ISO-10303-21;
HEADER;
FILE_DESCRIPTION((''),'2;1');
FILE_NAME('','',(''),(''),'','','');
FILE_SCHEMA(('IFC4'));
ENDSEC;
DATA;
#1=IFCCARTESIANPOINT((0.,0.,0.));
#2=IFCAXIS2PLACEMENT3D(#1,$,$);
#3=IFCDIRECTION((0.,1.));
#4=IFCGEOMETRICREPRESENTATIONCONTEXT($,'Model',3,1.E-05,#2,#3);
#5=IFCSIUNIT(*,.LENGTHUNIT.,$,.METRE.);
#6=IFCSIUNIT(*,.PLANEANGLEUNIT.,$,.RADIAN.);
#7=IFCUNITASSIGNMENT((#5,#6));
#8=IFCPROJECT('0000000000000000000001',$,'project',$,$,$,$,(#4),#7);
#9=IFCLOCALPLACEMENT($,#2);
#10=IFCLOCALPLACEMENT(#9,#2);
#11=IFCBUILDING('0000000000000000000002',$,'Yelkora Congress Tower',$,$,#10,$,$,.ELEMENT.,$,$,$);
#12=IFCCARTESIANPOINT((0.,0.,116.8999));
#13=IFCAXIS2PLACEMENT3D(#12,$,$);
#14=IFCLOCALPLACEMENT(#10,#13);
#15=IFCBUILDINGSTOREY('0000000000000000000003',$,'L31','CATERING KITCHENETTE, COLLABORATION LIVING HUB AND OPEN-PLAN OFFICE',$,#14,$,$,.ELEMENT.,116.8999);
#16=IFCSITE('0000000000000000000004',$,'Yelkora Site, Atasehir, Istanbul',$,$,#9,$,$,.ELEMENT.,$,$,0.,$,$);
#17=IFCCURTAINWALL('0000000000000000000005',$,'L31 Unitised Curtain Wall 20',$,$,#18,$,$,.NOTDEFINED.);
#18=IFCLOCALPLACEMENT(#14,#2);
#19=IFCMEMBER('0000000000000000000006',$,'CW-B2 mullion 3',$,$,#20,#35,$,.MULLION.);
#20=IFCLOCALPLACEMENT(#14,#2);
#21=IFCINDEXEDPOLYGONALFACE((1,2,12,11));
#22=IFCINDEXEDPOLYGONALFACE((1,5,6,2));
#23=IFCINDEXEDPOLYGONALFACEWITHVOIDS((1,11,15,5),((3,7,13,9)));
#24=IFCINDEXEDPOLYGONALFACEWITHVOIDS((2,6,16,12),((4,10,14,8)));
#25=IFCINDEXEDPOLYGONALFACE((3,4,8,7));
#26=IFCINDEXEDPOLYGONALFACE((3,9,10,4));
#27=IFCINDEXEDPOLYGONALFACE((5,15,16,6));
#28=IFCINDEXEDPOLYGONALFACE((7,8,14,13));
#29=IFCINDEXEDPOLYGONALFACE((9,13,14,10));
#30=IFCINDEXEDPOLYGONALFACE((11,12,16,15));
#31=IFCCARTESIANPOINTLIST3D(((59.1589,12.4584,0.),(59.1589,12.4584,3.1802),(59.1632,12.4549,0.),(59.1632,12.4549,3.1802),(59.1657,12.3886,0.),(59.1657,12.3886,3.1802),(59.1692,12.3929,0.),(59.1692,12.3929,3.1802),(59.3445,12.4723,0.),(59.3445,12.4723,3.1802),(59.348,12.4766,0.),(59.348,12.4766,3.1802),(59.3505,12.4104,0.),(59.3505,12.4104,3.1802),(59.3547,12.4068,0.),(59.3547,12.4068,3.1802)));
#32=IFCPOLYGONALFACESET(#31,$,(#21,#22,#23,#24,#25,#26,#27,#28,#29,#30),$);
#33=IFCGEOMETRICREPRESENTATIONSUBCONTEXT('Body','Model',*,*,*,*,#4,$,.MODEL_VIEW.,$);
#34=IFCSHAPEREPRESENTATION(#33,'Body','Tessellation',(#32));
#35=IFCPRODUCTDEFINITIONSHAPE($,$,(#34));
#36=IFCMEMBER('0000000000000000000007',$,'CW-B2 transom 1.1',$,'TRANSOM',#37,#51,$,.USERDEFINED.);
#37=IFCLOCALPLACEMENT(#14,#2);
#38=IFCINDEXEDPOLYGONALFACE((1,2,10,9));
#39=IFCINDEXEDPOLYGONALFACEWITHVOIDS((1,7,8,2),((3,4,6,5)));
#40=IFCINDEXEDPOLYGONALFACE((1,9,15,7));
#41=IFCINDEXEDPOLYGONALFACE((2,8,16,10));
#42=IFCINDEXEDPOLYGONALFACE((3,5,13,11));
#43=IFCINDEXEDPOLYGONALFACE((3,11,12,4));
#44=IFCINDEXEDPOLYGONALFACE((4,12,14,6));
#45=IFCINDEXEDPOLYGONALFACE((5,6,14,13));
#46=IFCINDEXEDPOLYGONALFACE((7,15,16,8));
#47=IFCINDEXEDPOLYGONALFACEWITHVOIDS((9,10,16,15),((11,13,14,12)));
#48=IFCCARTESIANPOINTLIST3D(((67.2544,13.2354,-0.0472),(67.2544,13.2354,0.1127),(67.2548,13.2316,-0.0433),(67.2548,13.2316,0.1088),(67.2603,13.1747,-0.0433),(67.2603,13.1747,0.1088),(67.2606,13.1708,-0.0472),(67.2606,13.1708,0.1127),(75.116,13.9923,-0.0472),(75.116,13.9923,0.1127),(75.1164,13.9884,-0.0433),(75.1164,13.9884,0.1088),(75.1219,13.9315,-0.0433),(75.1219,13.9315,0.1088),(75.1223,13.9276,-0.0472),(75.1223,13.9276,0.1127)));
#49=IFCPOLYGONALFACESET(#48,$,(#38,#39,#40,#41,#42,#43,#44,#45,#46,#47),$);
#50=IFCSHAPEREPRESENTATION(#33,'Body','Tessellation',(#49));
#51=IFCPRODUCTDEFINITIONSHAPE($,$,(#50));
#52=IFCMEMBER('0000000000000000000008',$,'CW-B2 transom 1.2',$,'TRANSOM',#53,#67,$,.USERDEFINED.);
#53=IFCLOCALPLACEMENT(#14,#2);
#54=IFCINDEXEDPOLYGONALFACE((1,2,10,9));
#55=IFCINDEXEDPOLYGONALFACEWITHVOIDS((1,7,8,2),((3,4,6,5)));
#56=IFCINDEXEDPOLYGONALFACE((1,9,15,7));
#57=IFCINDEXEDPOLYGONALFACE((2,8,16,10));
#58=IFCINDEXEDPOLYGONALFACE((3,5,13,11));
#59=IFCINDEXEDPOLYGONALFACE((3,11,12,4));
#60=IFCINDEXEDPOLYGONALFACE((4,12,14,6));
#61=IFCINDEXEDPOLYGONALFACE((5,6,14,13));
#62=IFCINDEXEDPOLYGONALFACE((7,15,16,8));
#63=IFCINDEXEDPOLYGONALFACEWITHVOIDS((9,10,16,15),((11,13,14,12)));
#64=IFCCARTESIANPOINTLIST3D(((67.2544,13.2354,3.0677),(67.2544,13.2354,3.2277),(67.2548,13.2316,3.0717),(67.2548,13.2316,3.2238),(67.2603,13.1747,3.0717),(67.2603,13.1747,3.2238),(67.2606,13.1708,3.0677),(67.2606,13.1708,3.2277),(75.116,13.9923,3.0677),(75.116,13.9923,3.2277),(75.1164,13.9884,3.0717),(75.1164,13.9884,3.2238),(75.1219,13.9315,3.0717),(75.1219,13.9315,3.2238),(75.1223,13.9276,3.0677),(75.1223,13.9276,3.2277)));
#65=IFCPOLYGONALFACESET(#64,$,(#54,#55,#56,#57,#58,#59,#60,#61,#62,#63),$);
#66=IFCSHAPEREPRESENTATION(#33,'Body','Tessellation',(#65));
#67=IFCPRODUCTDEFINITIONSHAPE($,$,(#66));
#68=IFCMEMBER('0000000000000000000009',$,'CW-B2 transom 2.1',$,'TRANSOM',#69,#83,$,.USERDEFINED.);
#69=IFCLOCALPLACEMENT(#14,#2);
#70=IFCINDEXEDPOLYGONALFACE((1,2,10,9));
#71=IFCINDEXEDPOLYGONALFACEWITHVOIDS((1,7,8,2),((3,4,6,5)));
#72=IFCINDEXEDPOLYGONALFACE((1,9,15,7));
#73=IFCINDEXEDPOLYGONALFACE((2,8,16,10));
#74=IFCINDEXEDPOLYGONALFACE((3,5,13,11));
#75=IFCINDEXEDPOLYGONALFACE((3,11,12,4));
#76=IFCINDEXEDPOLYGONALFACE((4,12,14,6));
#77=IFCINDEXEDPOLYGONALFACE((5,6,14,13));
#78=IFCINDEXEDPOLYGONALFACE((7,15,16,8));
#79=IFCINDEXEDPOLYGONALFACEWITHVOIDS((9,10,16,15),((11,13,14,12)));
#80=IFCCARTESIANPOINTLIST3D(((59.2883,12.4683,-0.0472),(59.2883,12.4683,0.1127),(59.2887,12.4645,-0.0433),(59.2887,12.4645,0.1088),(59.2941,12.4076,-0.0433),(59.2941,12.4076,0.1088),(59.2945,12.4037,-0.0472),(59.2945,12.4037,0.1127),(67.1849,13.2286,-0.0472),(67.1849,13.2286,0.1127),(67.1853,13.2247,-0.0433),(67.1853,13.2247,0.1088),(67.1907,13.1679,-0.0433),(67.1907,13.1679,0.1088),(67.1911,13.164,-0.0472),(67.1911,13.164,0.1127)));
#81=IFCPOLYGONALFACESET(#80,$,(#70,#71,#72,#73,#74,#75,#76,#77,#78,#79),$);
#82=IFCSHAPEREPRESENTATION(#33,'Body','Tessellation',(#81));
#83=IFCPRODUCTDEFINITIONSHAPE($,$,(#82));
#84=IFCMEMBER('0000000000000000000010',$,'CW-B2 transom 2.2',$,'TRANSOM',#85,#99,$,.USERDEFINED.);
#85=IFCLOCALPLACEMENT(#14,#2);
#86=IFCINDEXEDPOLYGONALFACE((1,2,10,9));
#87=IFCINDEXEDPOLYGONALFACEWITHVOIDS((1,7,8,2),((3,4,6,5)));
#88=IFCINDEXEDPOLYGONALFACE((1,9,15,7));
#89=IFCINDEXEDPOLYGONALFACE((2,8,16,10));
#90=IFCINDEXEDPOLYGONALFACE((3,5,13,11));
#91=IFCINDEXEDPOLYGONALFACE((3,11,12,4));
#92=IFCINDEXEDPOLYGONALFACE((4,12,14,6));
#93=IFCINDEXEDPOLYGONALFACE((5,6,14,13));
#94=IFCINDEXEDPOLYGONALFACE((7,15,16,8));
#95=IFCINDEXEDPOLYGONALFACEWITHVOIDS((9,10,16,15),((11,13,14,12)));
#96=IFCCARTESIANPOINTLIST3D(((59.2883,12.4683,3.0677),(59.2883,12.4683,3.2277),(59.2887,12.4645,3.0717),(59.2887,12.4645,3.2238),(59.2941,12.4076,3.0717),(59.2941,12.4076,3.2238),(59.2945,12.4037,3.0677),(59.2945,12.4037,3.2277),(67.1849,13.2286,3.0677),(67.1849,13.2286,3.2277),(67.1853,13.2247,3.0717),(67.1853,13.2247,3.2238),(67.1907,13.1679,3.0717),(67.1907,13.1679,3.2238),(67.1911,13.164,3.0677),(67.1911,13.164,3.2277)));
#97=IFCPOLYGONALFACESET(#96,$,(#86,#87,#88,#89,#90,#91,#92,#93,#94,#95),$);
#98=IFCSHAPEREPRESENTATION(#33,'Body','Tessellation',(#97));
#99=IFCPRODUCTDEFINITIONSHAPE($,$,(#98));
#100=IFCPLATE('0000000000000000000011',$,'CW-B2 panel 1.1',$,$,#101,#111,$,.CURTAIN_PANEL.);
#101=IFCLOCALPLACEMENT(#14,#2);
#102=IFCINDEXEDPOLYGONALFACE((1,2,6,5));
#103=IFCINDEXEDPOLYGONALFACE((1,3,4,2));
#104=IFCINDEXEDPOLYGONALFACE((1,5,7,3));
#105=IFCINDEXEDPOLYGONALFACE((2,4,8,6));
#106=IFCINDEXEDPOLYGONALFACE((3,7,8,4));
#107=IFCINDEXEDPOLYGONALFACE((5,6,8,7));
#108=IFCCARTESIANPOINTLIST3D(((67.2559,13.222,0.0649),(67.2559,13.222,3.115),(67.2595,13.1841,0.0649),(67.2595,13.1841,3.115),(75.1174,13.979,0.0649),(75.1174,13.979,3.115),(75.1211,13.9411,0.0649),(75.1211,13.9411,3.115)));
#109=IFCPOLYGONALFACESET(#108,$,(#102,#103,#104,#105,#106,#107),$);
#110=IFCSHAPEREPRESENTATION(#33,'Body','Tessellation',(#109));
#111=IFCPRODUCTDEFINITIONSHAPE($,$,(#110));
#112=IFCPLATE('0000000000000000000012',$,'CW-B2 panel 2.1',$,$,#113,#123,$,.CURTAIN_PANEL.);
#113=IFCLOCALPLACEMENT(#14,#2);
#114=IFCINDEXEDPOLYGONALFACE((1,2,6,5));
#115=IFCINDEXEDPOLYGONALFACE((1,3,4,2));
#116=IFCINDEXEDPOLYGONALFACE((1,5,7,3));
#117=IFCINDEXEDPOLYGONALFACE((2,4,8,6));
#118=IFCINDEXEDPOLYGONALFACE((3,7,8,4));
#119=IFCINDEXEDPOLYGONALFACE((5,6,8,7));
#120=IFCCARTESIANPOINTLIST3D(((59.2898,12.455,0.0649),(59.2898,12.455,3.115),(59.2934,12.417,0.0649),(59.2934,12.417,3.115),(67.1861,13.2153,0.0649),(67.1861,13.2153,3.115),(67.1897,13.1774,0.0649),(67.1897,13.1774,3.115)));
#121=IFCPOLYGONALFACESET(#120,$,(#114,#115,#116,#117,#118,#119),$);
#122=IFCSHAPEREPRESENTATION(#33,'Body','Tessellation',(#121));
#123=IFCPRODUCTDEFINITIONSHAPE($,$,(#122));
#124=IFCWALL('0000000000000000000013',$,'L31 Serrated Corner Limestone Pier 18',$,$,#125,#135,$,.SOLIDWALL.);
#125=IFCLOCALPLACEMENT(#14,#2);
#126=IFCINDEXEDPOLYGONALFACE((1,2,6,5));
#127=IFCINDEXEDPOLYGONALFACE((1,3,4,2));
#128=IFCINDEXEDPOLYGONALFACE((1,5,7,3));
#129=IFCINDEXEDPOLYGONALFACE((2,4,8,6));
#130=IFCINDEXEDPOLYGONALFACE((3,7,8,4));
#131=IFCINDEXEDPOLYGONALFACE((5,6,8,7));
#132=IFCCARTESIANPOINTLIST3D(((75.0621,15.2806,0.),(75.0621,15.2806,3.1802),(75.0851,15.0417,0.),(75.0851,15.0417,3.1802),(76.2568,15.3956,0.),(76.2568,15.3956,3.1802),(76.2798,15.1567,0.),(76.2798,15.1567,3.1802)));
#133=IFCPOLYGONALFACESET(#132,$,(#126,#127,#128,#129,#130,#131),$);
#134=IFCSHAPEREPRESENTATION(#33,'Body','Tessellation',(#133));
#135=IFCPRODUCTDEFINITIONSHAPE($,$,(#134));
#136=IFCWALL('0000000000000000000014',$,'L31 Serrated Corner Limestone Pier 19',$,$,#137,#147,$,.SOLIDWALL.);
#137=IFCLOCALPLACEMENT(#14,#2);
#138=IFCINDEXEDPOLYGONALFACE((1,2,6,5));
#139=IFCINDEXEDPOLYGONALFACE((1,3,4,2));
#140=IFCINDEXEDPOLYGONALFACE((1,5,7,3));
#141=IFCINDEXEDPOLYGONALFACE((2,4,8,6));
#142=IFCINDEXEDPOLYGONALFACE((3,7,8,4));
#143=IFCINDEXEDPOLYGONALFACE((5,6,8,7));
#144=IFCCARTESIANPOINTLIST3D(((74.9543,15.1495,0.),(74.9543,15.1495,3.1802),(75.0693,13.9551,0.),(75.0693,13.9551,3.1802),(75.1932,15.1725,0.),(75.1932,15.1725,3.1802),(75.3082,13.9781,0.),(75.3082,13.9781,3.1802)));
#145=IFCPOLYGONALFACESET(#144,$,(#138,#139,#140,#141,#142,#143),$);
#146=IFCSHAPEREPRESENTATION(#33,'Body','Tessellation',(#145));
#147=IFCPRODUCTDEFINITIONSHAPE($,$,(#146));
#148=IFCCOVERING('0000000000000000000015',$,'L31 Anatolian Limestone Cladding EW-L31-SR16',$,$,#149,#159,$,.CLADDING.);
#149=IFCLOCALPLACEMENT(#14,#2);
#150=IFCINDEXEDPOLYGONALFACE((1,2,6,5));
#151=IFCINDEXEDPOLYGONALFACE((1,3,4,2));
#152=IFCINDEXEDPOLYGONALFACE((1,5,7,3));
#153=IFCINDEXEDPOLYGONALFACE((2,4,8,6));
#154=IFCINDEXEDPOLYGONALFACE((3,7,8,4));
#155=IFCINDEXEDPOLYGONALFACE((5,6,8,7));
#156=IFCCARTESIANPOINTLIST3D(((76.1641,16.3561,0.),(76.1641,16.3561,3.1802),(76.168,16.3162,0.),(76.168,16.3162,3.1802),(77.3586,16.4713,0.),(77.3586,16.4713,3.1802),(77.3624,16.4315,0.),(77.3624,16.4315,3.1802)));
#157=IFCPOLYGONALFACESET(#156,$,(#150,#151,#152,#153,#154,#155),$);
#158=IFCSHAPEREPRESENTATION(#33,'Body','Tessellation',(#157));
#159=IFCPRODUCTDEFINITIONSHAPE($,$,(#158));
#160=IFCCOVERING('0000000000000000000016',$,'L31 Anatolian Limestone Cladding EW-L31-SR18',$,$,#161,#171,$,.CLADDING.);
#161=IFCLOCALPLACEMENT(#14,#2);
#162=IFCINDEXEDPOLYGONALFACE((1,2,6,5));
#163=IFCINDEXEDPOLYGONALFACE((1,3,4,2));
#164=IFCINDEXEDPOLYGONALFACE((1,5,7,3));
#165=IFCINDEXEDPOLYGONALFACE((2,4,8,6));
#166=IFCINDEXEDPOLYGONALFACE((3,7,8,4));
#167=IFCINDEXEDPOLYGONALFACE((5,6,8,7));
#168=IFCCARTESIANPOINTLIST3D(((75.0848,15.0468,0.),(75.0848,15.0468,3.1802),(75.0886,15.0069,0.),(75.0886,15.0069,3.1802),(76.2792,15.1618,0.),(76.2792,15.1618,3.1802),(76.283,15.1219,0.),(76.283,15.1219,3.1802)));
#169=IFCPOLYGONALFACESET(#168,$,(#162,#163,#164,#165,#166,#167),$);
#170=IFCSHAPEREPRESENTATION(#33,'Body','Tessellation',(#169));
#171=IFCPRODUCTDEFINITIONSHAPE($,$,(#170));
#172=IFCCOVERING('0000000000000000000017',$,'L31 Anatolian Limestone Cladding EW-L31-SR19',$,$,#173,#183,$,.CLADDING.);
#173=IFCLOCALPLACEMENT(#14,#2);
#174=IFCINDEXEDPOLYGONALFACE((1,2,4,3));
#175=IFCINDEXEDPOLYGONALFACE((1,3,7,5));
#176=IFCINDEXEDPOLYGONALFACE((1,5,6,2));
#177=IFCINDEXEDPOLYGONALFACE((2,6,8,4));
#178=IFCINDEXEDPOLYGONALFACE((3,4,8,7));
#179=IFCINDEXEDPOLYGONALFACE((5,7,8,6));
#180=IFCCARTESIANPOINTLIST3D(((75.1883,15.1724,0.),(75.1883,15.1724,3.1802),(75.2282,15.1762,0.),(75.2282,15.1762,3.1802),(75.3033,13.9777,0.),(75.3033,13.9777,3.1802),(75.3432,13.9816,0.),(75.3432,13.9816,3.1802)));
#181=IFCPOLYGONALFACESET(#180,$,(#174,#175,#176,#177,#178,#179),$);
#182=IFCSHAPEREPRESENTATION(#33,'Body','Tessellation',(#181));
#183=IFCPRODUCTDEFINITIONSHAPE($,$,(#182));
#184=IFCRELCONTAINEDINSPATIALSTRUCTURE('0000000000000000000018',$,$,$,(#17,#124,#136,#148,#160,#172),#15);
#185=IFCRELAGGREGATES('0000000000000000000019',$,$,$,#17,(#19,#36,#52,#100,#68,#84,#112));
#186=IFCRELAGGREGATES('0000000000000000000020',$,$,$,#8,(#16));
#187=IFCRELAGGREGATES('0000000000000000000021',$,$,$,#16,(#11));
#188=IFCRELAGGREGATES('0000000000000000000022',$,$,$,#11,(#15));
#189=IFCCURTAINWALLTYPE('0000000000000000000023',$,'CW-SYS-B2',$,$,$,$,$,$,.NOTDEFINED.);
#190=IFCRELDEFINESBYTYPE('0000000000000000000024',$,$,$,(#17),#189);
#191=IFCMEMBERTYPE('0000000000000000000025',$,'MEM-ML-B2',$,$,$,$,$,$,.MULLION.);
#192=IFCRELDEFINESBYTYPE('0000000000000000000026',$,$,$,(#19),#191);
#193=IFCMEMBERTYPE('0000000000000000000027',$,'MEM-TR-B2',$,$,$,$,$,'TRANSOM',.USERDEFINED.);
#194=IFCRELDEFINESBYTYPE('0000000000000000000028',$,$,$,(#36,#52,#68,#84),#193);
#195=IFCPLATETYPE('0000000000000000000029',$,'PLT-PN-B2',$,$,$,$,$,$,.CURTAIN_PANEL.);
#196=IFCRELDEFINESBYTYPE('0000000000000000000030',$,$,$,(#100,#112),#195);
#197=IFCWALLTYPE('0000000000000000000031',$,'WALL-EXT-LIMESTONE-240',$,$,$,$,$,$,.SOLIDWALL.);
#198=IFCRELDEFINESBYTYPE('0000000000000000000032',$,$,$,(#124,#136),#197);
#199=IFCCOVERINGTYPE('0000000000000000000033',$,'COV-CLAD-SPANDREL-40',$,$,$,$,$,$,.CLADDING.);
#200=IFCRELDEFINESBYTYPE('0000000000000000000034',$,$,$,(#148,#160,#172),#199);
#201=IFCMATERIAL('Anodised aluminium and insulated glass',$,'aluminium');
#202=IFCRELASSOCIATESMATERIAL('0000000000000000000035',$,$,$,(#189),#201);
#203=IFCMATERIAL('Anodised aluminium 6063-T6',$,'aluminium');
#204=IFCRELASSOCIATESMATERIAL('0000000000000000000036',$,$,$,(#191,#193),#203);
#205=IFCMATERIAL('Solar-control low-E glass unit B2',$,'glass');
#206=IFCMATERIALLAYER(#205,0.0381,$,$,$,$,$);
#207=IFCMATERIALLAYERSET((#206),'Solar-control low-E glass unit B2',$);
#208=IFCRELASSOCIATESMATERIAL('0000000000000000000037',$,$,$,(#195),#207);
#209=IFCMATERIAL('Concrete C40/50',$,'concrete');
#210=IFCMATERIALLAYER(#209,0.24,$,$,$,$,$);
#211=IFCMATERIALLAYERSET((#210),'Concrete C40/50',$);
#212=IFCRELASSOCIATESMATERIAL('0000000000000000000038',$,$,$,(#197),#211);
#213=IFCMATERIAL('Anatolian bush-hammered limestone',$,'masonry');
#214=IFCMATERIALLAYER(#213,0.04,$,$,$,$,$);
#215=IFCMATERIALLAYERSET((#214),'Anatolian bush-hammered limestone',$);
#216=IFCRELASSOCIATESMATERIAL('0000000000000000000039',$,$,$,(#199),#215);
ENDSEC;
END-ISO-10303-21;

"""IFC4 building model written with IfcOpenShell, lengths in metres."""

from ifc_helpers import new_model, si_unit, direction, frame, frame_2d, origin, origin_2d, place, context, subcontext, project, spatial, rectangle, hollow_rectangle, extrude, material, layer, layer_set, material_profile, profile_set, type_object, element, aggregate, save


model = new_model("IFC4")

# Units and contexts
model_context = context("Model", 3, precision=1e-05, world=origin(), true_north=direction((0.0, 1.0)))
body_context = subcontext(model_context, "Body", "Model", "MODEL_VIEW")
ifc_project = project(units=[si_unit("LENGTHUNIT", "METRE"), si_unit("PLANEANGLEUNIT", "RADIAN")], contexts=[model_context])

# Site, building, storey
site_placement = place(None, origin())
site = spatial("IfcSite", under=ifc_project, at=site_placement, Name="Yelkora Site, Atasehir, Istanbul", CompositionType="ELEMENT", RefElevation=0.0)
building_placement = place(site_placement, origin())
building = spatial("IfcBuilding", under=site, at=building_placement, Name="Yelkora Congress Tower", CompositionType="ELEMENT")
storey_placement = place(building_placement, frame((0.0, 0.0, 116.8999)))
storey = spatial("IfcBuildingStorey", under=building, at=storey_placement, Name="L31", Description="CATERING KITCHENETTE, COLLABORATION LIVING HUB AND OPEN-PLAN OFFICE", CompositionType="ELEMENT", Elevation=116.8999)

# Curtain wall, members, plates
ifc_material_1 = material(Name="Anodised aluminium and insulated glass", Category="aluminium")
curtain_wall_type = type_object("IfcCurtainWallType", Name="CW-SYS-B2", PredefinedType="NOTDEFINED", material=ifc_material_1)
curtain_wall_placement = place(storey_placement, origin())
curtain_wall = element("IfcCurtainWall", 1, at=curtain_wall_placement, inside=storey, type_object=curtain_wall_type, Name="L31 Unitised Curtain Wall 20", PredefinedType="NOTDEFINED")
ifc_material_2 = material(Name="Anodised aluminium 6063-T6", Category="aluminium")
ifc_material_profile_1 = material_profile(ifc_material_2, hollow_rectangle(XDim=0.0701, YDim=0.1899, WallThickness=0.0039, at=origin_2d()), Name="ALU 70x190x4")
ifc_profile_set_1 = profile_set([ifc_material_profile_1], Name="Anodised aluminium 6063-T6")
member_type_1 = type_object("IfcMemberType", Name="MEM-ML-B2", PredefinedType="MULLION", material=ifc_profile_set_1)
member_1_placement = place(storey_placement, frame((59.2568, 12.4326, 0.0), z_axis=(0.0, 0.0, 1.0), x_axis=(0.095844, -0.995396, 0.0)))
member_1 = element("IfcMember", 2, at=member_1_placement, type_object=member_type_1, Name="CW-B2 mullion 3", PredefinedType="MULLION", context=body_context, shape_type="SweptSolid", body=[
    extrude(hollow_rectangle(XDim=0.0701, YDim=0.1899, WallThickness=0.0039, at=origin_2d()), origin(), (0.0, 0.0, 1.0), 3.1802),
])
ifc_material_profile_2 = material_profile(ifc_material_2, hollow_rectangle(XDim=0.0649, YDim=0.1599, WallThickness=0.0039, at=origin_2d()), Name="ALU 65x160x4")
ifc_profile_set_2 = profile_set([ifc_material_profile_2], Name="Anodised aluminium 6063-T6")
member_type_2 = type_object("IfcMemberType", Name="MEM-TR-B2", ElementType="TRANSOM", PredefinedType="USERDEFINED", material=ifc_profile_set_2)
member_2_placement = place(storey_placement, frame((75.1191, 13.96, 0.0327), z_axis=(-0.995398, -0.095827, 0.0), x_axis=(0.095827, -0.995398, 0.0)))
member_2 = element("IfcMember", 3, at=member_2_placement, type_object=member_type_2, Name="CW-B2 transom 1.1", ObjectType="TRANSOM", PredefinedType="USERDEFINED", context=body_context, shape_type="SweptSolid", body=[
    extrude(hollow_rectangle(XDim=0.0649, YDim=0.1599, WallThickness=0.0039, at=origin_2d()), origin(), (0.0, 0.0, 1.0), 7.8979),
])
member_3_placement = place(storey_placement, frame((75.1191, 13.96, 3.1477), z_axis=(-0.995398, -0.095827, 0.0), x_axis=(0.095827, -0.995398, 0.0)))
member_3 = element("IfcMember", 4, at=member_3_placement, type_object=member_type_2, Name="CW-B2 transom 1.2", ObjectType="TRANSOM", PredefinedType="USERDEFINED", context=body_context, shape_type="SweptSolid", body=[
    extrude(hollow_rectangle(XDim=0.0649, YDim=0.1599, WallThickness=0.0039, at=origin_2d()), origin(), (0.0, 0.0, 1.0), 7.8979),
])
member_4_placement = place(storey_placement, frame((67.188, 13.1963, 0.0327), z_axis=(-0.995397, -0.095834, 0.0), x_axis=(0.095834, -0.995397, 0.0)))
member_4 = element("IfcMember", 5, at=member_4_placement, type_object=member_type_2, Name="CW-B2 transom 2.1", ObjectType="TRANSOM", PredefinedType="USERDEFINED", context=body_context, shape_type="SweptSolid", body=[
    extrude(hollow_rectangle(XDim=0.0649, YDim=0.1599, WallThickness=0.0039, at=origin_2d()), origin(), (0.0, 0.0, 1.0), 7.9331),
])
member_5_placement = place(storey_placement, frame((67.188, 13.1963, 3.1477), z_axis=(-0.995397, -0.095834, 0.0), x_axis=(0.095834, -0.995397, 0.0)))
member_5 = element("IfcMember", 6, at=member_5_placement, type_object=member_type_2, Name="CW-B2 transom 2.2", ObjectType="TRANSOM", PredefinedType="USERDEFINED", context=body_context, shape_type="SweptSolid", body=[
    extrude(hollow_rectangle(XDim=0.0649, YDim=0.1599, WallThickness=0.0039, at=origin_2d()), origin(), (0.0, 0.0, 1.0), 7.9331),
])
ifc_material_3 = material(Name="Solar-control low-E glass unit B2", Category="glass")
ifc_layer_1 = layer(ifc_material_3, 0.0381)
ifc_layer_set_1 = layer_set([ifc_layer_1], Name="Solar-control low-E glass unit B2")
plate_type = type_object("IfcPlateType", Name="PLT-PN-B2", PredefinedType="CURTAIN_PANEL", material=ifc_layer_set_1)
plate_1_placement = place(storey_placement, frame((71.1885, 13.5815, 0.0649), z_axis=(0.0, 0.0, 1.0), x_axis=(-0.995396, -0.095844, 0.0)))
plate_1 = element("IfcPlate", 7, at=plate_1_placement, type_object=plate_type, Name="CW-B2 panel 1.1", PredefinedType="CURTAIN_PANEL", context=body_context, shape_type="SweptSolid", body=[
    extrude(rectangle(XDim=7.8979, YDim=0.0381, at=origin_2d()), origin(), (0.0, 0.0, 1.0), 3.05),
])
plate_2_placement = place(storey_placement, frame((63.2397, 12.8162, 0.0649), z_axis=(0.0, 0.0, 1.0), x_axis=(-0.995396, -0.095844, 0.0)))
plate_2 = element("IfcPlate", 8, at=plate_2_placement, type_object=plate_type, Name="CW-B2 panel 2.1", PredefinedType="CURTAIN_PANEL", context=body_context, shape_type="SweptSolid", body=[
    extrude(rectangle(XDim=7.9329, YDim=0.0381, at=origin_2d()), origin(), (0.0, 0.0, 1.0), 3.05),
])
aggregate(curtain_wall, [member_1, member_2, member_3, plate_1, member_4, member_5, plate_2])

# Walls
ifc_material_4 = material(Name="Concrete C40/50", Category="concrete")
ifc_layer_2 = layer(ifc_material_4, 0.24)
ifc_layer_set_2 = layer_set([ifc_layer_2], Name="Concrete C40/50")
wall_type = type_object("IfcWallType", Name="WALL-EXT-LIMESTONE-240", PredefinedType="SOLIDWALL", material=ifc_layer_set_2)
wall_1_placement = place(storey_placement, frame((76.2683, 15.2761, 0.0), z_axis=(0.0, 0.0, 1.0), x_axis=(-0.995399, -0.095817, 0.0)))
element("IfcWall", 9, at=wall_1_placement, inside=storey, type_object=wall_type, Name="L31 Serrated Corner Limestone Pier 18", PredefinedType="SOLIDWALL", context=body_context, shape_type="SweptSolid", body=[
    extrude(rectangle(XDim=1.2002, YDim=0.24, at=frame_2d((0.6001, 0.0))), origin(), (0.0, 0.0, 1.0), 3.1802),
])
wall_2_placement = place(storey_placement, frame((75.0737, 15.1611, 0.0), z_axis=(0.0, 0.0, 1.0), x_axis=(0.095836, -0.995397, 0.0)))
element("IfcWall", 10, at=wall_2_placement, inside=storey, type_object=wall_type, Name="L31 Serrated Corner Limestone Pier 19", PredefinedType="SOLIDWALL", context=body_context, shape_type="SweptSolid", body=[
    extrude(rectangle(XDim=1.2, YDim=0.24, at=frame_2d((0.6001, 0.0))), origin(), (0.0, 0.0, 1.0), 3.1802),
])

# Coverings
ifc_material_5 = material(Name="Anatolian bush-hammered limestone", Category="masonry")
ifc_layer_3 = layer(ifc_material_5, 0.04)
ifc_layer_set_3 = layer_set([ifc_layer_3], Name="Anatolian bush-hammered limestone")
covering_type = type_object("IfcCoveringType", Name="COV-CLAD-SPANDREL-40", PredefinedType="CLADDING", material=ifc_layer_set_3)
for number, where, z_axis, x_axis, name in (
    (11, (77.3606, 16.4514, 0.0), (0.0, 0.0, 1.0), (-0.995378, -0.096038, 0.0), "L31 Anatolian Limestone Cladding EW-L31-SR16"),
    (12, (76.2812, 15.1418, 0.0), (0.0, 0.0, 1.0), (-0.995397, -0.095836, 0.0), "L31 Anatolian Limestone Cladding EW-L31-SR18"),
):
    element("IfcCovering", number, at=place(storey_placement, frame(where, z_axis=z_axis, x_axis=x_axis)), inside=storey, type_object=covering_type, Name=name, PredefinedType="CLADDING", context=body_context, shape_type="SweptSolid", body=[
        extrude(rectangle(XDim=1.2, YDim=0.04, at=frame_2d((0.6001, 0.0))), origin(), (0.0, 0.0, 1.0), 3.1802),
    ])
covering_placement = place(storey_placement, frame((75.2083, 15.1743, 0.0), z_axis=(0.0, 0.0, 1.0), x_axis=(0.095817, -0.995399, 0.0)))
element("IfcCovering", 13, at=covering_placement, inside=storey, type_object=covering_type, Name="L31 Anatolian Limestone Cladding EW-L31-SR19", PredefinedType="CLADDING", context=body_context, shape_type="SweptSolid", body=[
    extrude(rectangle(XDim=1.2002, YDim=0.04, at=frame_2d((0.6001, 0.0))), origin(), (0.0, 0.0, 1.0), 3.1802),
])

save(model, "model.ifc")
